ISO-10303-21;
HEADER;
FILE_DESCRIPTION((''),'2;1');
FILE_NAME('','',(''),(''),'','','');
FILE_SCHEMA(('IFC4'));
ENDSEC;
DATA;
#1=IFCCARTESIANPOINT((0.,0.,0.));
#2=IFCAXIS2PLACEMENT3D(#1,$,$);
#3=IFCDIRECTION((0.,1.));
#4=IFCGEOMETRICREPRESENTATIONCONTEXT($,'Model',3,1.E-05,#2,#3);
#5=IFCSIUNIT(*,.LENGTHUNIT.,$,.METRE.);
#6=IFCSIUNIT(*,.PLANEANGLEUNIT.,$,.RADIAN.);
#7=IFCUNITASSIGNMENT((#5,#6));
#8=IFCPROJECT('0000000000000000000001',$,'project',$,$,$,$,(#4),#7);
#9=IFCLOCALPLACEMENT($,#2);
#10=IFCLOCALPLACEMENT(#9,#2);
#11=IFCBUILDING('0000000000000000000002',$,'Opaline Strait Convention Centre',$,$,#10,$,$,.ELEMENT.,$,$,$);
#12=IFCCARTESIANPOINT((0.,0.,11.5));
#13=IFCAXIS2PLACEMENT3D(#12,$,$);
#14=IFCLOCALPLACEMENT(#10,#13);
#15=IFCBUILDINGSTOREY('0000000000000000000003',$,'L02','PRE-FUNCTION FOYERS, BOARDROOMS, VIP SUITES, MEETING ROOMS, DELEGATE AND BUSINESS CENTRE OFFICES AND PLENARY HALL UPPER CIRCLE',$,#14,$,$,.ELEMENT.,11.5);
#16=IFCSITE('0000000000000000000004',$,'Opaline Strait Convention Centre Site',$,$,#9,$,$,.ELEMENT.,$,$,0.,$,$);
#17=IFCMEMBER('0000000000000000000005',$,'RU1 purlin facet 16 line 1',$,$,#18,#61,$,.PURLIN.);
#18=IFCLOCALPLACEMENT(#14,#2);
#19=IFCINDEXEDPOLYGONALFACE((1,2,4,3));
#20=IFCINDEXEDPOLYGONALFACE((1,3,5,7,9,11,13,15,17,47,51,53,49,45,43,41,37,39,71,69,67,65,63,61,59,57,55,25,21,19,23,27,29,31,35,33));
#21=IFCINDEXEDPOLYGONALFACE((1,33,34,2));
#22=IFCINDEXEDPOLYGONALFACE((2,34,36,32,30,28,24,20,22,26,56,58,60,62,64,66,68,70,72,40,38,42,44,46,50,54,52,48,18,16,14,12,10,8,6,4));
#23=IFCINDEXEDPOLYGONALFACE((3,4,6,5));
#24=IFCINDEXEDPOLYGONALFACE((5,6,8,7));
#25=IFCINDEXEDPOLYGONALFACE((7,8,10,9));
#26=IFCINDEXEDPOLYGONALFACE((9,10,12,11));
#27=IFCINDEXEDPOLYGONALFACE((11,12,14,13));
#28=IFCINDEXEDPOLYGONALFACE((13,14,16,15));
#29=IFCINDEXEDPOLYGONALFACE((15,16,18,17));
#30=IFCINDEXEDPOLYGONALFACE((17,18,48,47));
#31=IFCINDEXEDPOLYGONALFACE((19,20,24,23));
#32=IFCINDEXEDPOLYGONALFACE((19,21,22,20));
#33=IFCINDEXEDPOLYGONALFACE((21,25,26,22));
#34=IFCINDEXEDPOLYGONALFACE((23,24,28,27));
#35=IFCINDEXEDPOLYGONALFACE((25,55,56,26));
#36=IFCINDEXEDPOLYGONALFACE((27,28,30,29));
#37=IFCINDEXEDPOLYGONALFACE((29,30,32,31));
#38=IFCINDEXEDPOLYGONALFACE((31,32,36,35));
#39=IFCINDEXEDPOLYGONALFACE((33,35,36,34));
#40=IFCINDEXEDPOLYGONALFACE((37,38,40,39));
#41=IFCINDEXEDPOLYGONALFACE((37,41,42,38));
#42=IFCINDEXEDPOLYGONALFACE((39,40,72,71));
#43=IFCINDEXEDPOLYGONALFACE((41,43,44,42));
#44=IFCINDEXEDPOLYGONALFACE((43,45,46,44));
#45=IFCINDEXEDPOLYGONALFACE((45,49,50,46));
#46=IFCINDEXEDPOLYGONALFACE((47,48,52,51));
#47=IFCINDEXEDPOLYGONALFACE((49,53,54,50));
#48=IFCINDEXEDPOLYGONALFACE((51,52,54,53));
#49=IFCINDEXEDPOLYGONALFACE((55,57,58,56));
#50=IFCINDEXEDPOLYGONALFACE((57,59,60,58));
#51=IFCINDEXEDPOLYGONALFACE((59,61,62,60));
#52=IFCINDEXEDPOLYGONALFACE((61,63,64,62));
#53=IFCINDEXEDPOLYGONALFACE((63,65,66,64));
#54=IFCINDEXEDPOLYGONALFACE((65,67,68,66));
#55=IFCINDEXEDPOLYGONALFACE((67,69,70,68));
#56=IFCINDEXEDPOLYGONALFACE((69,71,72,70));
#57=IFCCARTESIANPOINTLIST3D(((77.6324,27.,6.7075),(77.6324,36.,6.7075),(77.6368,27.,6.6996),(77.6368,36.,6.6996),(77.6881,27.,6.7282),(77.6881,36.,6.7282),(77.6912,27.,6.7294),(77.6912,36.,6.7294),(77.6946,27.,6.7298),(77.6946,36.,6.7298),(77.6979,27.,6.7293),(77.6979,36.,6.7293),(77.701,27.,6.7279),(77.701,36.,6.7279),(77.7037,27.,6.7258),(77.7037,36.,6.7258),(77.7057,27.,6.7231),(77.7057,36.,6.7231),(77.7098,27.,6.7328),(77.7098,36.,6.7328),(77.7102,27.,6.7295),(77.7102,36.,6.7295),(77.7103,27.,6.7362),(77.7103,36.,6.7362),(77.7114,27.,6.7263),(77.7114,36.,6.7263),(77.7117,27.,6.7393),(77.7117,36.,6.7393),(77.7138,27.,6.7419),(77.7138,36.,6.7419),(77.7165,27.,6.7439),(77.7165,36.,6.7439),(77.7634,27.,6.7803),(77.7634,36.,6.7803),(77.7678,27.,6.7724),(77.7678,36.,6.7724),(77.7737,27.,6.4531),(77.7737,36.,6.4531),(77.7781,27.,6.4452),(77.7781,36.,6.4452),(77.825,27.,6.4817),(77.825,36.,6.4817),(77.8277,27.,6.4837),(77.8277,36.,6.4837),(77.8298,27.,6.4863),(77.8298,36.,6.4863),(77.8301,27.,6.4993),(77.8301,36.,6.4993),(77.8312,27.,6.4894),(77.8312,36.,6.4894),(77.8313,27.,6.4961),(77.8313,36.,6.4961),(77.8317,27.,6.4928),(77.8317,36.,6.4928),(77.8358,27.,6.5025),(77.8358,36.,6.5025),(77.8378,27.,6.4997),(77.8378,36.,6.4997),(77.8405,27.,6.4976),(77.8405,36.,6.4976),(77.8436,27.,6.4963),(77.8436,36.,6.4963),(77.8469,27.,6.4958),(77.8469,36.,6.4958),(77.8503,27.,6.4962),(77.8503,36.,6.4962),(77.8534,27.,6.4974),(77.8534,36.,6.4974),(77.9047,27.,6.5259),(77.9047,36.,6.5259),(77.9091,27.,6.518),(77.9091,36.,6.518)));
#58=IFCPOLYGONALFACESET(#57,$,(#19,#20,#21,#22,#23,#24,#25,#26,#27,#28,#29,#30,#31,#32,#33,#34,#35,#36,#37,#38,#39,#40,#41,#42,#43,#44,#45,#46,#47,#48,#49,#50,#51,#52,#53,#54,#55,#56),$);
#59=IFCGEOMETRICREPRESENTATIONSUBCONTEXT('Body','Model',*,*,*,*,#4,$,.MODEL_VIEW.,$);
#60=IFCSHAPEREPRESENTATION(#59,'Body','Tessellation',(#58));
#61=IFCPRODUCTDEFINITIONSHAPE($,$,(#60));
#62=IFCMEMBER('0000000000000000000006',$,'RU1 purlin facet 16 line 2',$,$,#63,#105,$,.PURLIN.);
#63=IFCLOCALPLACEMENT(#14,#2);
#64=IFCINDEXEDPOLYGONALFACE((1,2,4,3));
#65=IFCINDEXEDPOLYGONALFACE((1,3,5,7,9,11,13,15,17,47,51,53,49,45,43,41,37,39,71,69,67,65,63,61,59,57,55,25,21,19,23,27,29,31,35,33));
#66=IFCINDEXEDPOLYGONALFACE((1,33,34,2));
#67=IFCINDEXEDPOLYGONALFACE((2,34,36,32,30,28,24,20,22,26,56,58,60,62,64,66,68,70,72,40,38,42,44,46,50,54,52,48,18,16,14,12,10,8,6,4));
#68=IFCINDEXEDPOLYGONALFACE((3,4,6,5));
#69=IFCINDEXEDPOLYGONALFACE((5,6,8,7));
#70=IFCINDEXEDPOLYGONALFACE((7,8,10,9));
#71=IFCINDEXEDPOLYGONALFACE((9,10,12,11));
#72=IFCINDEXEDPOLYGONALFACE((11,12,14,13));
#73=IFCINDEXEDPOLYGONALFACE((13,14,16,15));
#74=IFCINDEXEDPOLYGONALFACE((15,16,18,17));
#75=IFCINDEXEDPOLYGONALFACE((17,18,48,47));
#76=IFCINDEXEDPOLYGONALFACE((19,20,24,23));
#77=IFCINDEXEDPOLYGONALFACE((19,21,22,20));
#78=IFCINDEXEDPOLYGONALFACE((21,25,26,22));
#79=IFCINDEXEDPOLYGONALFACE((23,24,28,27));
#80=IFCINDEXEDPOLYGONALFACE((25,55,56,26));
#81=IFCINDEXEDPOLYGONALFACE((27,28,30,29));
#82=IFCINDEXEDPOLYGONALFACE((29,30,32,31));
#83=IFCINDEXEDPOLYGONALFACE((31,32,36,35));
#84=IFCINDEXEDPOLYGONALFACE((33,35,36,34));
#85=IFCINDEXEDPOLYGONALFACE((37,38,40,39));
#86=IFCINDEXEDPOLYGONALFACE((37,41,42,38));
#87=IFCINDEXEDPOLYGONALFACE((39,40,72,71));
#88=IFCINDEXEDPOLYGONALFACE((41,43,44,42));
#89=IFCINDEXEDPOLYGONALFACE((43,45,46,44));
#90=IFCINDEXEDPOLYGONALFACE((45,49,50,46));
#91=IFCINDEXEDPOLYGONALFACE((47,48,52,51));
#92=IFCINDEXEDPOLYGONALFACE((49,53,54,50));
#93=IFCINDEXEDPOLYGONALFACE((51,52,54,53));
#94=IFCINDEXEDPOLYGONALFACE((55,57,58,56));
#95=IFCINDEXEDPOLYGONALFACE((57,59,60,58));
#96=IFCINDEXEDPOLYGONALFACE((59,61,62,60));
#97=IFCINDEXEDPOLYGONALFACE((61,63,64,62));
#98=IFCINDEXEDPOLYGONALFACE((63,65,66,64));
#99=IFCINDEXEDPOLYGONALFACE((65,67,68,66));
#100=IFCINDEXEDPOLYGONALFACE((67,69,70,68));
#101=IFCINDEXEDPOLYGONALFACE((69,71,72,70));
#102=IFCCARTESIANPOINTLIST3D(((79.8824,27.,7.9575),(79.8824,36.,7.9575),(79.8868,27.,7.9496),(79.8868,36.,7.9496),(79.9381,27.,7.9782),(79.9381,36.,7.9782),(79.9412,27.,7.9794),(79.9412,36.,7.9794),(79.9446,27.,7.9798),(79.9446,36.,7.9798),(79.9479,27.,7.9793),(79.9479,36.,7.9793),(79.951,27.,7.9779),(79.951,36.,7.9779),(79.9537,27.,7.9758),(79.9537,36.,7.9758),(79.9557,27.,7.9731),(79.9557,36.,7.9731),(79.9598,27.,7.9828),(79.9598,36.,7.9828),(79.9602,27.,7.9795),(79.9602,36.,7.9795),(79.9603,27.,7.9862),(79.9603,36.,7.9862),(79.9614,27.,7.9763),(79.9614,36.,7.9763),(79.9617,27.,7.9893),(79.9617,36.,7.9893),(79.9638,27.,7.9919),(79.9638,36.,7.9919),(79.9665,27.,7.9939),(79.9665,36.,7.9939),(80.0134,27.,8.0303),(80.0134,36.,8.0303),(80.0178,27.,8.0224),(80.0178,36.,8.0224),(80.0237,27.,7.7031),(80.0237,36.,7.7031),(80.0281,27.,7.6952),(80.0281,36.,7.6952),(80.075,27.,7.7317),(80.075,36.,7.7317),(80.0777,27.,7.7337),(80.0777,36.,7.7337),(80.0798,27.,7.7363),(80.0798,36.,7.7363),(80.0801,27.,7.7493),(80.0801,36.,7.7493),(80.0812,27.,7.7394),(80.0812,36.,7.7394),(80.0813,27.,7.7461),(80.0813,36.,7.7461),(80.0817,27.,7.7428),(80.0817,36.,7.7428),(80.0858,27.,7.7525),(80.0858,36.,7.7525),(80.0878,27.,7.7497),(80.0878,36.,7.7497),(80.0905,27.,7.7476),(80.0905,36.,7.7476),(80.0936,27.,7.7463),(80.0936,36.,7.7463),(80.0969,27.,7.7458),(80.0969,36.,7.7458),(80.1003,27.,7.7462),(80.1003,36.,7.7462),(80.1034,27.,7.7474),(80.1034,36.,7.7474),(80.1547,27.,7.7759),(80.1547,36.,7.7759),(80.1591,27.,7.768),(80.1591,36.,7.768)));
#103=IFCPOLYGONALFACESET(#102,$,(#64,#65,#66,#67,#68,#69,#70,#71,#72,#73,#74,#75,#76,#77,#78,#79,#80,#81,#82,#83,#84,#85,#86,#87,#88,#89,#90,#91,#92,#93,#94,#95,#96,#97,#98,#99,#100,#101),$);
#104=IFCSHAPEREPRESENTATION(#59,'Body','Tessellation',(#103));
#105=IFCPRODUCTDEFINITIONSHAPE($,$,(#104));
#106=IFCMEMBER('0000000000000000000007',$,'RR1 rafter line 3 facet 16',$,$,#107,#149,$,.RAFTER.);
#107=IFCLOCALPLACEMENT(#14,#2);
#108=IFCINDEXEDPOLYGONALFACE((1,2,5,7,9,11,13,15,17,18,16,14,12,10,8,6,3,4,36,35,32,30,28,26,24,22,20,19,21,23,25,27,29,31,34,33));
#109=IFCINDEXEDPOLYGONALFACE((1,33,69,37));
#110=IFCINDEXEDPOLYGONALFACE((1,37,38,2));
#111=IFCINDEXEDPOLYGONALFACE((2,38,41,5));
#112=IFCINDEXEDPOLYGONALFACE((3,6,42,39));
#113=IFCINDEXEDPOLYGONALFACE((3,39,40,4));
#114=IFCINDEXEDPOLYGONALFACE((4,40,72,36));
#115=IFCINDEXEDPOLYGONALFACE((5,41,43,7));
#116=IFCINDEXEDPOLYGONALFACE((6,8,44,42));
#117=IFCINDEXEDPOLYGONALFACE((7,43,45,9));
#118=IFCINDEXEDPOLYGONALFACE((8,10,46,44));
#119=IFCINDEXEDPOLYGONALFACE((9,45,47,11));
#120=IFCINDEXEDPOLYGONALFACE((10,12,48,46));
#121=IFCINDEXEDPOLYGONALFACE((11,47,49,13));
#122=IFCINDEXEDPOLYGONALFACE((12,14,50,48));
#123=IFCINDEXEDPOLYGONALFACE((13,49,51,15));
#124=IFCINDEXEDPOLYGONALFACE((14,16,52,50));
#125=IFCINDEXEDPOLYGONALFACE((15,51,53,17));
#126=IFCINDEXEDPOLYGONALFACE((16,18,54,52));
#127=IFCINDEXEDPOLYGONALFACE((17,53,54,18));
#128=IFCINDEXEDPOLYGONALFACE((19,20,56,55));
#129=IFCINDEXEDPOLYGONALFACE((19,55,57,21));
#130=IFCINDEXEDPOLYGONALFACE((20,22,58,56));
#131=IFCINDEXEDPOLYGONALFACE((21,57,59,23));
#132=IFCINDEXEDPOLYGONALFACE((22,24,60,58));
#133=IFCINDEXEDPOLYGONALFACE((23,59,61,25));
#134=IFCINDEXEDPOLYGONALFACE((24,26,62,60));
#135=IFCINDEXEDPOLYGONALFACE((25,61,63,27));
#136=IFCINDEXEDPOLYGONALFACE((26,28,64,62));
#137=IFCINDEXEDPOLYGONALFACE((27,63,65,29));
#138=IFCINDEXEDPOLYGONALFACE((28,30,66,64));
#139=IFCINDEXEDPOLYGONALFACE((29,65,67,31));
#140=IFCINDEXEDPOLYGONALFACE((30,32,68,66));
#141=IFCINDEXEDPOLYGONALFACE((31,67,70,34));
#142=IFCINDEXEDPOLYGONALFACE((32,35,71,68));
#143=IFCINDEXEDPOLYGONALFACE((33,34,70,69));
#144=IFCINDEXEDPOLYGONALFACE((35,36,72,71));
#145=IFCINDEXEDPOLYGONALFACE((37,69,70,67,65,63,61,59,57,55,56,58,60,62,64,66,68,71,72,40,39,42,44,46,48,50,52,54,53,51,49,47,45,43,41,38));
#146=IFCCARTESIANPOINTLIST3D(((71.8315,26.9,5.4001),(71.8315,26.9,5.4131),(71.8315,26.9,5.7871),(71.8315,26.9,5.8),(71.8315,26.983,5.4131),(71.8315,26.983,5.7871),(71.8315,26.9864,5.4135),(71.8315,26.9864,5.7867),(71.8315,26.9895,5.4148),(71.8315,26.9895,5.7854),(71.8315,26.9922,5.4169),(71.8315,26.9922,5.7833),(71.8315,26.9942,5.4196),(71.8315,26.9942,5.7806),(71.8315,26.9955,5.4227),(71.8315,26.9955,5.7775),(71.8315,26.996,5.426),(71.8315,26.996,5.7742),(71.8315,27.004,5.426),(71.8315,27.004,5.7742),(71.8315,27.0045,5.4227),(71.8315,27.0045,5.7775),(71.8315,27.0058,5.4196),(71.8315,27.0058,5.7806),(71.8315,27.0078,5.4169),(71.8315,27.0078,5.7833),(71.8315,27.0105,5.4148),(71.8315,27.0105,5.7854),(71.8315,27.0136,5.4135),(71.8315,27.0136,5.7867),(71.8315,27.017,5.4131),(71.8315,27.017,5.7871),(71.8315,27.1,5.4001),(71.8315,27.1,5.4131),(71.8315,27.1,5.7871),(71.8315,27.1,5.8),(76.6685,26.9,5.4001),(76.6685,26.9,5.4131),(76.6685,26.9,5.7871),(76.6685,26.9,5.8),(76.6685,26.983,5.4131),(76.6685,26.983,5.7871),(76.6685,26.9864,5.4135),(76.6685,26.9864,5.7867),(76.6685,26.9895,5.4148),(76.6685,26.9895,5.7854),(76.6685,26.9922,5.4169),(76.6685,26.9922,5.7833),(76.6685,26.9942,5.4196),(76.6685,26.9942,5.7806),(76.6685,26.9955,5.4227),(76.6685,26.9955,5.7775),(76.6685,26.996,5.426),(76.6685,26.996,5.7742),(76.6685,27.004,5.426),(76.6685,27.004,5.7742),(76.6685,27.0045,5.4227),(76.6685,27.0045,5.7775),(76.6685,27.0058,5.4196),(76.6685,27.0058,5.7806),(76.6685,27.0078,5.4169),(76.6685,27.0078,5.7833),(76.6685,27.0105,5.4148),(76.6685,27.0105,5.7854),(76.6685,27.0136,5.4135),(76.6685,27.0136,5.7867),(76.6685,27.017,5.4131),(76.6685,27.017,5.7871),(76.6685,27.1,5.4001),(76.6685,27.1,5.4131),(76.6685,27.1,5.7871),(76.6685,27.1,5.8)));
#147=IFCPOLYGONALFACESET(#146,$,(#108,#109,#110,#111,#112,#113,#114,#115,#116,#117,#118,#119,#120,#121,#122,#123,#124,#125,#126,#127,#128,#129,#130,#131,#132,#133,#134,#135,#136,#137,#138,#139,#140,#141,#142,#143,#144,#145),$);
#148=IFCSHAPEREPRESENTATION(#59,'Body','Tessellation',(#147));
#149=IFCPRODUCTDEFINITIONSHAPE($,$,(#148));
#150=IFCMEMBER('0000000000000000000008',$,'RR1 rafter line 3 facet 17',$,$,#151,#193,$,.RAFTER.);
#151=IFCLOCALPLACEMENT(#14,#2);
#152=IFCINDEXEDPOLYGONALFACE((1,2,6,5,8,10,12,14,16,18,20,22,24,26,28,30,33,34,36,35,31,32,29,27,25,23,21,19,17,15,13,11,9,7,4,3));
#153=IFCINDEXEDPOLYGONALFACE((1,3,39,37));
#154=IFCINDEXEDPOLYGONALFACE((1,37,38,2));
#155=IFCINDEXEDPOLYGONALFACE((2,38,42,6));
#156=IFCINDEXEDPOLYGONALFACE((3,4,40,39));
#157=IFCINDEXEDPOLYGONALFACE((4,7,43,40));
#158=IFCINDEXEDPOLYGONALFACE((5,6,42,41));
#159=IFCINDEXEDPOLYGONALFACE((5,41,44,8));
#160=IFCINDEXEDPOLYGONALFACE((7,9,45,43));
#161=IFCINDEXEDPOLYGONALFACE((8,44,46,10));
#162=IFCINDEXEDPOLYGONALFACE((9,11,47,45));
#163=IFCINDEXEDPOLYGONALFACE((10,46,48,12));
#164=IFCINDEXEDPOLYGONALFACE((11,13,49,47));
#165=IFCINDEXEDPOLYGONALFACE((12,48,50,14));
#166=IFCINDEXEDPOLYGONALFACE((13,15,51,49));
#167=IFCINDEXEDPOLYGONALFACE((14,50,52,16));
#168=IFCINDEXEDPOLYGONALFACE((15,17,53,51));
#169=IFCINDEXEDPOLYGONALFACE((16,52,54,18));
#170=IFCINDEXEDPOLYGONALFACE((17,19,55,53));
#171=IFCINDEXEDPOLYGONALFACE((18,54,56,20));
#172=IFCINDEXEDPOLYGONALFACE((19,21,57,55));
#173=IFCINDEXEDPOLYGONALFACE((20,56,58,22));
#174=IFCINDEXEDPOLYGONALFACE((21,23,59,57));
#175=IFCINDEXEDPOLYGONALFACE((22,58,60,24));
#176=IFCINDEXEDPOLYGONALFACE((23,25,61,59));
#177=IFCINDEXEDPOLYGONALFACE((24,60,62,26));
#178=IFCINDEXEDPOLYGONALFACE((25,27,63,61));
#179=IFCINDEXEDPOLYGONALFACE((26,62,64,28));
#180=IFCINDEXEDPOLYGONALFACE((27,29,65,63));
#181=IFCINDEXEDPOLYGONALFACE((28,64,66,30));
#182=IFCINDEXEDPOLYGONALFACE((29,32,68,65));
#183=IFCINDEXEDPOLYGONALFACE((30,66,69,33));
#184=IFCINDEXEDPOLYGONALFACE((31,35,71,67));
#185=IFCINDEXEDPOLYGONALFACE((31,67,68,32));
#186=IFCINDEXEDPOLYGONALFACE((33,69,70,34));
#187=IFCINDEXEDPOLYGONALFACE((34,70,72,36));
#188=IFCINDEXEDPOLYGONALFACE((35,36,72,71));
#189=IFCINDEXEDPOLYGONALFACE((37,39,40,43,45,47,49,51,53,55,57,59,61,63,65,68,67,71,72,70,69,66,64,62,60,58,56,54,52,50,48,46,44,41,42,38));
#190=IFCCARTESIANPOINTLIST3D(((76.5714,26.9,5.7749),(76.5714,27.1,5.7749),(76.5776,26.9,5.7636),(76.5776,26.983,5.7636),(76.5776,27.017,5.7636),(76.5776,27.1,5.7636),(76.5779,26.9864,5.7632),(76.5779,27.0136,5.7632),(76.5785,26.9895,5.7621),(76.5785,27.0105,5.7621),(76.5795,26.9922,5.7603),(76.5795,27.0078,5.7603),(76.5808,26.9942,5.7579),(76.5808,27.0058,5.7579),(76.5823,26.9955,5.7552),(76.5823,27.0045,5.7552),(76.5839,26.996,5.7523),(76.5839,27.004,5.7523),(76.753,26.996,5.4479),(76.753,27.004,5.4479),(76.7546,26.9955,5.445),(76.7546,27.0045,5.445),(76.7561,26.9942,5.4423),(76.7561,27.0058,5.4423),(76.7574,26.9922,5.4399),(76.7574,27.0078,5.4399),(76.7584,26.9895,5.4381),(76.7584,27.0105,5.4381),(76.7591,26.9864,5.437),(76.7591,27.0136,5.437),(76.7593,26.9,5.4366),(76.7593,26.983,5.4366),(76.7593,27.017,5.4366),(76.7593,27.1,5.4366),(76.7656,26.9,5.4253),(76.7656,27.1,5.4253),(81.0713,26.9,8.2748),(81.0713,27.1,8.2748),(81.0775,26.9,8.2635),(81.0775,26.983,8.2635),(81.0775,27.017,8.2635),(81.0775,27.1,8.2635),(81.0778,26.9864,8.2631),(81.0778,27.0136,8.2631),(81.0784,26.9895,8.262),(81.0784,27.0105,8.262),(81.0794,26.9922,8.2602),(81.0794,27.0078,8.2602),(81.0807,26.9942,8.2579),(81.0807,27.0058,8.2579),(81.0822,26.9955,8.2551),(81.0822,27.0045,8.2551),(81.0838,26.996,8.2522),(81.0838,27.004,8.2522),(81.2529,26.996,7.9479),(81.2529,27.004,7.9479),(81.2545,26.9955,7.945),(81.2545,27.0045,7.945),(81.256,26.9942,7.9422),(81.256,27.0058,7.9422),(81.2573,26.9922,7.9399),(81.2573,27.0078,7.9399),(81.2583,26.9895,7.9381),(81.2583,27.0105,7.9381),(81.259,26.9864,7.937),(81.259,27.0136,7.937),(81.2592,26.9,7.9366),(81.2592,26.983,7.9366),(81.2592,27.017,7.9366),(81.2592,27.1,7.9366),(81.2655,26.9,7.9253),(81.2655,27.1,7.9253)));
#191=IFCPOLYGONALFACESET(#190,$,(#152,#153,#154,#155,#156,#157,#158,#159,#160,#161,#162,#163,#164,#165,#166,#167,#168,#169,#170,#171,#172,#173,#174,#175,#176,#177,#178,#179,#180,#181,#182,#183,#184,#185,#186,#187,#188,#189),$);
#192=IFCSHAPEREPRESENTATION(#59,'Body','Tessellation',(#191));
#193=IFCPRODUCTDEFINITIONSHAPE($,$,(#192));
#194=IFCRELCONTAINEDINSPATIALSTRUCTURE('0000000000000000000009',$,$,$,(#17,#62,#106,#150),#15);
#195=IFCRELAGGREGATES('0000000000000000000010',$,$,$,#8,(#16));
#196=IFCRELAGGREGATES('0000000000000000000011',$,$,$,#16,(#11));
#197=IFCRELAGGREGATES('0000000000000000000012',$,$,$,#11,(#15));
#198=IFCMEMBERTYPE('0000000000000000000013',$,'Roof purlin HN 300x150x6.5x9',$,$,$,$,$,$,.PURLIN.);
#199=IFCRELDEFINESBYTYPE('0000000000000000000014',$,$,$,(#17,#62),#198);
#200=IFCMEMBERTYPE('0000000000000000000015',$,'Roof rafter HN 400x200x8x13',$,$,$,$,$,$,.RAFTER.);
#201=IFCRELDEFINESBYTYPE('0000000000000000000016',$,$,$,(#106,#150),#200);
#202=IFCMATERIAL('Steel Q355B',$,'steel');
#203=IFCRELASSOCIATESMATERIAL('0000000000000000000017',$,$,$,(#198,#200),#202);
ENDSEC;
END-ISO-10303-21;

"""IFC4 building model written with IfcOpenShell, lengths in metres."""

from ifc_helpers import new_model, si_unit, direction, frame, origin, origin_2d, place, context, subcontext, project, spatial, i_section, extrude, material, material_profile, profile_set, type_object, element, save


model = new_model("IFC4")

# Units and contexts
model_context = context("Model", 3, precision=1e-05, world=origin(), true_north=direction((0.0, 1.0)))
body_context = subcontext(model_context, "Body", "Model", "MODEL_VIEW")
ifc_project = project(units=[si_unit("LENGTHUNIT", "METRE"), si_unit("PLANEANGLEUNIT", "RADIAN")], contexts=[model_context])

# Site, building, storey
site_placement = place(None, origin())
site = spatial("IfcSite", under=ifc_project, at=site_placement, Name="Opaline Strait Convention Centre Site", CompositionType="ELEMENT", RefElevation=0.0)
building_placement = place(site_placement, origin())
building = spatial("IfcBuilding", under=site, at=building_placement, Name="Opaline Strait Convention Centre", CompositionType="ELEMENT")
storey_placement = place(building_placement, frame((0.0, 0.0, 11.5)))
storey = spatial("IfcBuildingStorey", under=building, at=storey_placement, Name="L02", Description="PRE-FUNCTION FOYERS, BOARDROOMS, VIP SUITES, MEETING ROOMS, DELEGATE AND BUSINESS CENTRE OFFICES AND PLENARY HALL UPPER CIRCLE", CompositionType="ELEMENT", Elevation=11.5)

# Shared definitions
ifc_material_1 = material(Name="Steel Q355B", Category="steel")

# Members
ifc_material_profile_1 = material_profile(ifc_material_1, i_section(OverallWidth=0.1499, OverallDepth=0.3, WebThickness=0.0066, FlangeThickness=0.009, FilletRadius=0.0129, at=origin_2d()), Name="HN 300x150x6.5x9")
ifc_profile_set_1 = profile_set([ifc_material_profile_1], Name="Steel Q355B")
member_type_1 = type_object("IfcMemberType", Name="Roof purlin HN 300x150x6.5x9", PredefinedType="PURLIN", material=ifc_profile_set_1)
for number, where, z_axis, x_axis, name in (
    (1, (77.7708, 27.0, 6.6128), (0.0, 1.0, 0.0), (-0.874157, 0.0, -0.485643), "RU1 purlin facet 16 line 1"),
    (2, (80.0208, 27.0, 7.8628), (0.0, 1.0, 0.0), (-0.874157, 0.0, -0.485643), "RU1 purlin facet 16 line 2"),
):
    element("IfcMember", number, at=place(storey_placement, frame(where, z_axis=z_axis, x_axis=x_axis)), inside=storey, type_object=member_type_1, Name=name, PredefinedType="PURLIN", context=body_context, shape_type="SweptSolid", body=[
        extrude(i_section(OverallWidth=0.1499, OverallDepth=0.3, WebThickness=0.0066, FlangeThickness=0.009, FilletRadius=0.0129, at=origin_2d()), origin(), (0.0, 0.0, 1.0), 9.0),
    ])
ifc_material_profile_2 = material_profile(ifc_material_1, i_section(OverallWidth=0.2, OverallDepth=0.3999, WebThickness=0.0081, FlangeThickness=0.0129, FilletRadius=0.0129, at=origin_2d()), Name="HN 400x200x8x13")
ifc_profile_set_2 = profile_set([ifc_material_profile_2], Name="Steel Q355B")
member_type_2 = type_object("IfcMemberType", Name="Roof rafter HN 400x200x8x13", PredefinedType="RAFTER", material=ifc_profile_set_2)
member_1_placement = place(storey_placement, frame((71.8315, 27.0, 5.6001), z_axis=(1.0, 0.0, 0.0), x_axis=(0.0, 1.0, 0.0)))
element("IfcMember", 3, at=member_1_placement, inside=storey, type_object=member_type_2, Name="RR1 rafter line 3 facet 16", PredefinedType="RAFTER", context=body_context, shape_type="SweptSolid", body=[
    extrude(i_section(OverallWidth=0.2, OverallDepth=0.3999, WebThickness=0.0081, FlangeThickness=0.0129, FilletRadius=0.0129, at=origin_2d()), origin(), (0.0, 0.0, 1.0), 4.8369),
])
member_2_placement = place(storey_placement, frame((76.6685, 27.0, 5.6001), z_axis=(0.874157, 0.0, 0.485643), x_axis=(0.0, 1.0, 0.0)))
element("IfcMember", 4, at=member_2_placement, inside=storey, type_object=member_type_2, Name="RR1 rafter line 3 facet 17", PredefinedType="RAFTER", context=body_context, shape_type="SweptSolid", body=[
    extrude(i_section(OverallWidth=0.2, OverallDepth=0.3999, WebThickness=0.0081, FlangeThickness=0.0129, FilletRadius=0.0129, at=origin_2d()), origin(), (0.0, 0.0, 1.0), 5.1477),
])

save(model, "model.ifc")
